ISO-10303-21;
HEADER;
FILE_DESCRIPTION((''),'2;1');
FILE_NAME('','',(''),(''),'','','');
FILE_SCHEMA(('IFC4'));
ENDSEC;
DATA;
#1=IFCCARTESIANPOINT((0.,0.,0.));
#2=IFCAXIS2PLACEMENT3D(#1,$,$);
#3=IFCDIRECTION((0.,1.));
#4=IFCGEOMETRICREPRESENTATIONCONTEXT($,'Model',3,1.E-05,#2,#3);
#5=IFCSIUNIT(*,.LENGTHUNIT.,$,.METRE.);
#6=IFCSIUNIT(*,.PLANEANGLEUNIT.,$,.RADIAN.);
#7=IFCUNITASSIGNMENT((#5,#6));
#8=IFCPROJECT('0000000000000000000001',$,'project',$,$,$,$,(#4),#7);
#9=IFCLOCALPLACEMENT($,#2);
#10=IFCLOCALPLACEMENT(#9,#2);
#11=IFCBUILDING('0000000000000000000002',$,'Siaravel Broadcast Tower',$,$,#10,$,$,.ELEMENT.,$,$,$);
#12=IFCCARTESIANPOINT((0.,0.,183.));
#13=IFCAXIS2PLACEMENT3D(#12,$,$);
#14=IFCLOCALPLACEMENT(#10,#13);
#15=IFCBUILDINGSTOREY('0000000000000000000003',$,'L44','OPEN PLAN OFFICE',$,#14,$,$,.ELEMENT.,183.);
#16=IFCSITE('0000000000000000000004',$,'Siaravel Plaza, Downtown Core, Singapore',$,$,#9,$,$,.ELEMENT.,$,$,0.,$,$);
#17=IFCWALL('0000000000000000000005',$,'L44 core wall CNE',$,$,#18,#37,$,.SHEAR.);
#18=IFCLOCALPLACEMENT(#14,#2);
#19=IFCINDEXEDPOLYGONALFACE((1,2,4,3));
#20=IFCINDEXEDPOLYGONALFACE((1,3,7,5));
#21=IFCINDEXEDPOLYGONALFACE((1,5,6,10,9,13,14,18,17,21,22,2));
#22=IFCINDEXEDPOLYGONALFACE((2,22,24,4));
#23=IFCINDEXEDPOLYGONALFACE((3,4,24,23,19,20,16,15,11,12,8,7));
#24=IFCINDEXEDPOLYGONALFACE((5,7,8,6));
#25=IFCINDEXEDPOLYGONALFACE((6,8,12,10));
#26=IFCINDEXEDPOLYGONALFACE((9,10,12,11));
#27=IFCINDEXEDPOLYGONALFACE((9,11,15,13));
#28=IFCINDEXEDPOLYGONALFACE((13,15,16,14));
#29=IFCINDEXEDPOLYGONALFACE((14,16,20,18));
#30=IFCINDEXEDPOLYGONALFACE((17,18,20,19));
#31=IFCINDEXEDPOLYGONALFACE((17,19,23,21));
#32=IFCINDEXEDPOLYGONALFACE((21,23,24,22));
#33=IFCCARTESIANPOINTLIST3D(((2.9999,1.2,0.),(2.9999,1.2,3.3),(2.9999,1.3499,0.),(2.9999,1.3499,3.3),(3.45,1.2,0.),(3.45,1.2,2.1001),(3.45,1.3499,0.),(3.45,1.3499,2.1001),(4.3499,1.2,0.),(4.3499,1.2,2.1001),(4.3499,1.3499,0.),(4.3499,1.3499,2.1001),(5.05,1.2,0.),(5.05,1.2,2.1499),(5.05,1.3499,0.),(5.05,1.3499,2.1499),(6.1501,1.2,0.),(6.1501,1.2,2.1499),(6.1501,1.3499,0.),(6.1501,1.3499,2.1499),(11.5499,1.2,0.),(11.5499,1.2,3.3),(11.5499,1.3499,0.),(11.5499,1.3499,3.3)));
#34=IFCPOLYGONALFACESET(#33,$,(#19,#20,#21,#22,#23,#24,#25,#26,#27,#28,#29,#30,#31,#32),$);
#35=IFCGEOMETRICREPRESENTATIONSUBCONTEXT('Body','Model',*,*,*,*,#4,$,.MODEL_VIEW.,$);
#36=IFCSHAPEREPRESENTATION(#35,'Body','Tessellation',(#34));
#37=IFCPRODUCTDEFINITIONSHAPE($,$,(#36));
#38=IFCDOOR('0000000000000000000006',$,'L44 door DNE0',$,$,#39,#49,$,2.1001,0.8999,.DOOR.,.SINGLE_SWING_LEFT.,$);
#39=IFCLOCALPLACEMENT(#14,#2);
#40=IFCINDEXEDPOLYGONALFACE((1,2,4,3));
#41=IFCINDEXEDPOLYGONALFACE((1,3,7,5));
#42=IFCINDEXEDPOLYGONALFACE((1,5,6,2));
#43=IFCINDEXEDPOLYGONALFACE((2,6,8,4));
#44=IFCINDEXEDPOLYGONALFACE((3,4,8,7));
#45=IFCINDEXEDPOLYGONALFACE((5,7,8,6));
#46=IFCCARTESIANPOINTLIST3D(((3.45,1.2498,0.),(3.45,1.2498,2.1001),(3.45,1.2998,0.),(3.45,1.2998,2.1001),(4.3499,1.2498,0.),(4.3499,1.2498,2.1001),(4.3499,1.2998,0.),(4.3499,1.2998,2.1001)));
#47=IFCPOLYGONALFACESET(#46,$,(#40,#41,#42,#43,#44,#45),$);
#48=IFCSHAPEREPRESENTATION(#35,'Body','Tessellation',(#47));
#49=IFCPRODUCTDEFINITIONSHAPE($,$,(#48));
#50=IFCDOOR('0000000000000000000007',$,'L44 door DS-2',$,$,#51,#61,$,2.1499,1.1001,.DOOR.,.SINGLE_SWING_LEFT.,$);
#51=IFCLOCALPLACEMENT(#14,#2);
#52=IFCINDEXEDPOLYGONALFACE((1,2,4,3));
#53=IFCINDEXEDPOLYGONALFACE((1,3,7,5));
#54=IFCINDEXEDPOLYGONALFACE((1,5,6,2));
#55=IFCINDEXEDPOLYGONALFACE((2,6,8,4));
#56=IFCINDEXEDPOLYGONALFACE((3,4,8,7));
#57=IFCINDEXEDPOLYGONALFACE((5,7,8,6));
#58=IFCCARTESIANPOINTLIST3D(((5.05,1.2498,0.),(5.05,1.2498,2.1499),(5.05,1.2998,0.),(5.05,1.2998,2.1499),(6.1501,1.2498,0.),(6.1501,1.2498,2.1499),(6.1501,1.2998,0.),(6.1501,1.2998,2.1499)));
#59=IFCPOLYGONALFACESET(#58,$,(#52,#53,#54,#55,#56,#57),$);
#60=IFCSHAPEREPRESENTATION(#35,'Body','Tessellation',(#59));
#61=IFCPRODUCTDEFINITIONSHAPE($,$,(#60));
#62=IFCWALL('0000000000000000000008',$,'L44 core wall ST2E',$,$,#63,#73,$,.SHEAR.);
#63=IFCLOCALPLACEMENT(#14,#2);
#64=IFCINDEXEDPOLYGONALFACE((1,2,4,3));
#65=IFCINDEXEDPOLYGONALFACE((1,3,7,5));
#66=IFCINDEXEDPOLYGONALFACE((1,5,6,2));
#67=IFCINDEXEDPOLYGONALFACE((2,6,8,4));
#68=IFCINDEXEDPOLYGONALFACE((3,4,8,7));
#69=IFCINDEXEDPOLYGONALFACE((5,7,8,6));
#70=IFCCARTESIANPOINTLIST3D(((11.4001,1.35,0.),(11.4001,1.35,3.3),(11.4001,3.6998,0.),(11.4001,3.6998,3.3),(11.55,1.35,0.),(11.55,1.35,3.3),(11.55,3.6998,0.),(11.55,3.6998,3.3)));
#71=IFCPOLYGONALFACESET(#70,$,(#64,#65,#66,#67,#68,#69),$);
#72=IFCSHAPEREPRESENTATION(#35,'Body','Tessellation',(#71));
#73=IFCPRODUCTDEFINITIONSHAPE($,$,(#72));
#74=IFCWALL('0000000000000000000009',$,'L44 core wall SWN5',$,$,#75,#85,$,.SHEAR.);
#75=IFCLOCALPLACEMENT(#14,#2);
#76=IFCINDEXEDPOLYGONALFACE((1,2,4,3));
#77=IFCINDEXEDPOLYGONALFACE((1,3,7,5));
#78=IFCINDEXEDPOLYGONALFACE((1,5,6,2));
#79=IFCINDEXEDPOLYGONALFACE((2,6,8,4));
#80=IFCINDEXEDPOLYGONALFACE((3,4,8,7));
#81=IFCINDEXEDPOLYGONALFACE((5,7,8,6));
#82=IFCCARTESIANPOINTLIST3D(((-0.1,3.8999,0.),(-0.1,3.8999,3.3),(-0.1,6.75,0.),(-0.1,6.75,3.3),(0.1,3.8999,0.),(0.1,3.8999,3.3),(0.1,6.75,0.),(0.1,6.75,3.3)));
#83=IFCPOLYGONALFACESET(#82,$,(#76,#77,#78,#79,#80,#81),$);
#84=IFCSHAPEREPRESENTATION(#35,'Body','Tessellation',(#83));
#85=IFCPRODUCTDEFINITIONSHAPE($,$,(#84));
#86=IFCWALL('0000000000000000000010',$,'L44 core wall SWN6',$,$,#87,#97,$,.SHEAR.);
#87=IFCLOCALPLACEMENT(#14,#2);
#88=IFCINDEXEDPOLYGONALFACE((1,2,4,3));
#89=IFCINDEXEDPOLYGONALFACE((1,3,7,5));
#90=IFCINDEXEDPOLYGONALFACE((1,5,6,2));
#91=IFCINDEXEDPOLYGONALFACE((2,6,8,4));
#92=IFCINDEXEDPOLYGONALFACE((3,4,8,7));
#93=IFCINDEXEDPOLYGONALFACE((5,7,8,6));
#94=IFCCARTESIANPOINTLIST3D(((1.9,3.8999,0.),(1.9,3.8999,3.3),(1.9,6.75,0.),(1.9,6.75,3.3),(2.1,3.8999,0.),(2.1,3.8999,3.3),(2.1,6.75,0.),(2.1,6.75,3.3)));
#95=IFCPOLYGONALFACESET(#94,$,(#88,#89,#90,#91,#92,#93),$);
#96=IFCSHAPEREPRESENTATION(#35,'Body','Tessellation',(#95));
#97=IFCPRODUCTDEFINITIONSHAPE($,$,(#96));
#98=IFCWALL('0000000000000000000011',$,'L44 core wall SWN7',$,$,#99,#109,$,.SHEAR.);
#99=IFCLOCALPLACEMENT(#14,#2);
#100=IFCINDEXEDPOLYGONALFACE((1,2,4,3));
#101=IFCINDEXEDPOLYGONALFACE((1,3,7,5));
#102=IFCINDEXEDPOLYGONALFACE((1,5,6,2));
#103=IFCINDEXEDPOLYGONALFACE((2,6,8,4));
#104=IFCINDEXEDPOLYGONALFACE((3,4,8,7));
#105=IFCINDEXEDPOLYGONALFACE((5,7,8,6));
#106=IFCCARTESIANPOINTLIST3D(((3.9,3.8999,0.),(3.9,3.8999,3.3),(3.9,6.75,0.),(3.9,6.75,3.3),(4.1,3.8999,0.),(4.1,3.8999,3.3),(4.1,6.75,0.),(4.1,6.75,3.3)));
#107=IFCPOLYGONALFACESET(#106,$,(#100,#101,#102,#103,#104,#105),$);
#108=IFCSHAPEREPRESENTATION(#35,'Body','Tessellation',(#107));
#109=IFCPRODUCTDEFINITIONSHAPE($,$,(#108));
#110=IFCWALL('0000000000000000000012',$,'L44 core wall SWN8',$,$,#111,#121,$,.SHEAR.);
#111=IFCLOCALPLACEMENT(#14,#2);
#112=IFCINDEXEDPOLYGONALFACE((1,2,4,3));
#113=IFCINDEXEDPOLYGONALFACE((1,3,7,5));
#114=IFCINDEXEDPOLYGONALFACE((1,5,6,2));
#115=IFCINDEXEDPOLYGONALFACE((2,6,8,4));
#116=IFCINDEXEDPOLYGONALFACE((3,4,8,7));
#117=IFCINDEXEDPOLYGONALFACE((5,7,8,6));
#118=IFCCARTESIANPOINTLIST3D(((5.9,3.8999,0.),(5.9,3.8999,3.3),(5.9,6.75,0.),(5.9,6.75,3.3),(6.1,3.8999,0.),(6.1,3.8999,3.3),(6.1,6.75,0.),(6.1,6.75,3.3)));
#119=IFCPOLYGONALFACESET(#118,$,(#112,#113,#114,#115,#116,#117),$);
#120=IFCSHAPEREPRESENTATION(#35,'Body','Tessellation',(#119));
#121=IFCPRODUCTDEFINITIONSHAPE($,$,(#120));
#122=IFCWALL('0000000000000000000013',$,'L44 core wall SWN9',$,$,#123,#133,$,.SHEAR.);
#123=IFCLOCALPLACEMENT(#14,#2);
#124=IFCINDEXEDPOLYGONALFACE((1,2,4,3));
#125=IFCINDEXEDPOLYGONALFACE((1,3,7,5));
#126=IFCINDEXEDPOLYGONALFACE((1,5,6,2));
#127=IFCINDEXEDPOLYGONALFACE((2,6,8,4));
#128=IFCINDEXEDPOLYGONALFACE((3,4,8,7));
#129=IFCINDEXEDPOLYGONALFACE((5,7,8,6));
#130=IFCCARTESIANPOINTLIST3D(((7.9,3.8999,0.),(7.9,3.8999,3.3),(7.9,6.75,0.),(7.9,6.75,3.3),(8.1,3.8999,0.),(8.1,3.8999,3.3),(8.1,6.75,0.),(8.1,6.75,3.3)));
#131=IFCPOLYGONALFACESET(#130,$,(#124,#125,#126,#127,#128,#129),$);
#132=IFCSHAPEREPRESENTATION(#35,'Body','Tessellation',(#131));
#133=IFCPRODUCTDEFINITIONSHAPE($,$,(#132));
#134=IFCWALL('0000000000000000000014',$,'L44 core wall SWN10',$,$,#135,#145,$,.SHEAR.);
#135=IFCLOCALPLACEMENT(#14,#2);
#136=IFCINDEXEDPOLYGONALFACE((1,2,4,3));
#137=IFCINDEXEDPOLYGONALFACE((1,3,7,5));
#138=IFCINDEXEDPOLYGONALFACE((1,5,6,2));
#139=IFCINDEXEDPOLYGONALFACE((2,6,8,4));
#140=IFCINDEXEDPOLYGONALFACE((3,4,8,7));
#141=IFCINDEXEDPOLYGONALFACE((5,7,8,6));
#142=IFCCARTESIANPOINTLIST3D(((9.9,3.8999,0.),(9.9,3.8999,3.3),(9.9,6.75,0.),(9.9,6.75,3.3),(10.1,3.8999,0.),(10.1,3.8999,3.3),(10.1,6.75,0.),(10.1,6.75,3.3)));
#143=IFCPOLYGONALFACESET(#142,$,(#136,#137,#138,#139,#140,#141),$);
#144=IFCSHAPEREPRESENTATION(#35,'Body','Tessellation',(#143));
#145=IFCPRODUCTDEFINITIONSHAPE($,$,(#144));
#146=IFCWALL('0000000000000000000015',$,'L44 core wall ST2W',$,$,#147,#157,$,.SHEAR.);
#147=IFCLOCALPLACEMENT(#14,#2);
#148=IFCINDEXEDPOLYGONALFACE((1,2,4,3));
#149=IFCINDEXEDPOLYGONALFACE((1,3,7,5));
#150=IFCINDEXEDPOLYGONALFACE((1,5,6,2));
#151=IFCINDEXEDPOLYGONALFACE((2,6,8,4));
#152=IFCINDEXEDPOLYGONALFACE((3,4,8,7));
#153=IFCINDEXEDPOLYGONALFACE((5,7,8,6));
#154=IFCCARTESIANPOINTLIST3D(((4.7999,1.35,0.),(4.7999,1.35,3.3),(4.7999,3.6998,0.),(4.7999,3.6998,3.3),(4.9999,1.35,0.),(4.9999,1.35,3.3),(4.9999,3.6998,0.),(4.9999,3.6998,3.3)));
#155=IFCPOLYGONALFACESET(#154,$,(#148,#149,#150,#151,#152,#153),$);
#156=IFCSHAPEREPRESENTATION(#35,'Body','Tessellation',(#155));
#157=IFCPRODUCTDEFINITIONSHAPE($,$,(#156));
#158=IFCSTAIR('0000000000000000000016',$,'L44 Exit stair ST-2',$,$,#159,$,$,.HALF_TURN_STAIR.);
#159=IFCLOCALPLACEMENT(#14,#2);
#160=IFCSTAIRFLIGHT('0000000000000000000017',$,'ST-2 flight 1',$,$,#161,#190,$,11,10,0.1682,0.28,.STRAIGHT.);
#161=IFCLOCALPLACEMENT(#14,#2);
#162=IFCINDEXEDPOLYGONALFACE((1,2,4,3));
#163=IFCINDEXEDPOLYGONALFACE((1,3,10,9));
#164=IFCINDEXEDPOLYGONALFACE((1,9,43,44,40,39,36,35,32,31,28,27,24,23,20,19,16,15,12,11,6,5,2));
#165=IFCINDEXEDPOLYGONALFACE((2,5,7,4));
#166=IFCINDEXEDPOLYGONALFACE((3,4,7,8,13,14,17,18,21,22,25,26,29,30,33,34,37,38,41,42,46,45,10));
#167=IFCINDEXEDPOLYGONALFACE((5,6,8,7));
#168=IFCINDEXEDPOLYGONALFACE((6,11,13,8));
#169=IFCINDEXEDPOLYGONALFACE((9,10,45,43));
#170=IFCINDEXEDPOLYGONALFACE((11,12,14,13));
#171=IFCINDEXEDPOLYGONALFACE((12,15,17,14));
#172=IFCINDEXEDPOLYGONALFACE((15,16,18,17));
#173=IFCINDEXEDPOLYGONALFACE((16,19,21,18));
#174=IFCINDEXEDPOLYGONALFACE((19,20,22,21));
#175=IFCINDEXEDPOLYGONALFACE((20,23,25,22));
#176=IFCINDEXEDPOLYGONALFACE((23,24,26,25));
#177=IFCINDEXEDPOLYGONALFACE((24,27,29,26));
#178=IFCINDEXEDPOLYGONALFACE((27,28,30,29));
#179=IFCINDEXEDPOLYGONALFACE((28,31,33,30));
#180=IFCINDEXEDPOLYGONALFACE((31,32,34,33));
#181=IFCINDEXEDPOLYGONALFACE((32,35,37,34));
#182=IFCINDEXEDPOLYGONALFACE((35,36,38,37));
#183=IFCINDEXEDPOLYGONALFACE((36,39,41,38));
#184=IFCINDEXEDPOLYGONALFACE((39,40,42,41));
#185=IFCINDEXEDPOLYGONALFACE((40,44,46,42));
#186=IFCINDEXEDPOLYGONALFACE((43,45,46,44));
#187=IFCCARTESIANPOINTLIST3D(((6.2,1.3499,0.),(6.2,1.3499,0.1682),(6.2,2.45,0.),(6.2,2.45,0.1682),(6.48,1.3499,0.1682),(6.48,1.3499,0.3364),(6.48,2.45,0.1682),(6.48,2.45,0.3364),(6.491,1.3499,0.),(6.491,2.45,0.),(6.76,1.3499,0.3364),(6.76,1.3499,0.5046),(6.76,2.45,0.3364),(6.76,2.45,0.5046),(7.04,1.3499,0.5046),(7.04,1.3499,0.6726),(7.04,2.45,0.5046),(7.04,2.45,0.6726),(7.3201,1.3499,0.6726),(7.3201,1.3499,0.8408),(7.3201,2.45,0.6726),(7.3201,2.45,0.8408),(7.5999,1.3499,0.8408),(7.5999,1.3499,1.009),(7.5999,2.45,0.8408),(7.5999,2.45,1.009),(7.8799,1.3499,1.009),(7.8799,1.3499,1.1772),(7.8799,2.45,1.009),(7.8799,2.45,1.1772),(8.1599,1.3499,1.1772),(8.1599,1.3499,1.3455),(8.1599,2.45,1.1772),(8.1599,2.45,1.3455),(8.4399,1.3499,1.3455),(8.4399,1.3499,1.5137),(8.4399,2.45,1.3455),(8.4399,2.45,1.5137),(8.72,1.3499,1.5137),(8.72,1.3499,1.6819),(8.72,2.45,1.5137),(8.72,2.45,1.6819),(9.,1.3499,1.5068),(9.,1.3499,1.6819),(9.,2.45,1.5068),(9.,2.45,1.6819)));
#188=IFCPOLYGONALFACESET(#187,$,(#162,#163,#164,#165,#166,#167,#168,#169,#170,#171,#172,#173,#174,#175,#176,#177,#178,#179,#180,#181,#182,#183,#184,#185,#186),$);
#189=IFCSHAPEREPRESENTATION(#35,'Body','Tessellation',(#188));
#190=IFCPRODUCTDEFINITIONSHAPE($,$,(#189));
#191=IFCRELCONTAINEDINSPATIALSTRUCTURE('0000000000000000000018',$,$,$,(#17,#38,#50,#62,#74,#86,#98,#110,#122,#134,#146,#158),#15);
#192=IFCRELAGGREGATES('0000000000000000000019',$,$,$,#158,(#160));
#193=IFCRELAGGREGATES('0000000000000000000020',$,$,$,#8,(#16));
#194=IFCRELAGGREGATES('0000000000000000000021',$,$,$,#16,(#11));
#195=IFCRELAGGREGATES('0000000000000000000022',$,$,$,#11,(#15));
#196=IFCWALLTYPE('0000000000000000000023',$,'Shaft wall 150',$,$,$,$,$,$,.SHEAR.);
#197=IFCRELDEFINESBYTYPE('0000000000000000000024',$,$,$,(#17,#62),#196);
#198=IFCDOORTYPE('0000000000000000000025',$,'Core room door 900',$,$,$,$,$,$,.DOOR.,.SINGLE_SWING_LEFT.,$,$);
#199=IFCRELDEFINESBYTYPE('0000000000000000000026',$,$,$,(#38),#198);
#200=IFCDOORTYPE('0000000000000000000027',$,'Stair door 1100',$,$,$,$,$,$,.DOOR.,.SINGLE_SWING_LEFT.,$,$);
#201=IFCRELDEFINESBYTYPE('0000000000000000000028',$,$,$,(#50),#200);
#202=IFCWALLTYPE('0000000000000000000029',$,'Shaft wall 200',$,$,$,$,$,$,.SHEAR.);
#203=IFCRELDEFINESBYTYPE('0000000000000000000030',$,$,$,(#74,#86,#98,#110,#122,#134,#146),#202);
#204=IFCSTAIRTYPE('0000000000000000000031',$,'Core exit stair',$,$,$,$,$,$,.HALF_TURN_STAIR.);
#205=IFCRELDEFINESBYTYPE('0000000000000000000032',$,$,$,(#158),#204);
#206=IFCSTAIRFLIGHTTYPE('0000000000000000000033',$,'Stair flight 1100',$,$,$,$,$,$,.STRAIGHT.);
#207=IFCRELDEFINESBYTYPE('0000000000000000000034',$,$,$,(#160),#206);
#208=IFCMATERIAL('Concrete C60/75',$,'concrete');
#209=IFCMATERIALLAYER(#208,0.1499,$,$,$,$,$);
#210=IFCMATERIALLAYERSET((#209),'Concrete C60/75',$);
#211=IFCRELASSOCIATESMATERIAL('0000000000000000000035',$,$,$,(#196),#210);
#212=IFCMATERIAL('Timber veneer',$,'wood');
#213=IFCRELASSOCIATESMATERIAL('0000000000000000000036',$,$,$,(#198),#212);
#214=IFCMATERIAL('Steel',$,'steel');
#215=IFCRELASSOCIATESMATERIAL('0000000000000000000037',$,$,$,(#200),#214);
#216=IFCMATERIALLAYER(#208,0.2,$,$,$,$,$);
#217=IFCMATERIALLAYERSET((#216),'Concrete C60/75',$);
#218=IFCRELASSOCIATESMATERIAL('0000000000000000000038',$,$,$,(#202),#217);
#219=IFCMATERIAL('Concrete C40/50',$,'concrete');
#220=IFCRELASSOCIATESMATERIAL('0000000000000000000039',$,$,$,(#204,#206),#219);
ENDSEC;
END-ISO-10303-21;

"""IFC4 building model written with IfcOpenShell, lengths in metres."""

from ifc_helpers import new_model, si_unit, direction, frame, frame_2d, origin, place, context, subcontext, project, spatial, polyline, rectangle, outline, extrude, material, layer, layer_set, type_object, element, fill, aggregate, save


model = new_model("IFC4")

# Units and contexts
model_context = context("Model", 3, precision=1e-05, world=origin(), true_north=direction((0.0, 1.0)))
body_context = subcontext(model_context, "Body", "Model", "MODEL_VIEW")
ifc_project = project(units=[si_unit("LENGTHUNIT", "METRE"), si_unit("PLANEANGLEUNIT", "RADIAN")], contexts=[model_context])

# Site, building, storey
site_placement = place(None, origin())
site = spatial("IfcSite", under=ifc_project, at=site_placement, Name="Siaravel Plaza, Downtown Core, Singapore", CompositionType="ELEMENT", RefElevation=0.0)
building_placement = place(site_placement, origin())
building = spatial("IfcBuilding", under=site, at=building_placement, Name="Siaravel Broadcast Tower", CompositionType="ELEMENT")
storey_placement = place(building_placement, frame((0.0, 0.0, 183.0)))
storey = spatial("IfcBuildingStorey", under=building, at=storey_placement, Name="L44", Description="OPEN PLAN OFFICE", CompositionType="ELEMENT", Elevation=183.0)

# Shared definitions
ifc_material_1 = material(Name="Concrete C60/75", Category="concrete")

# Shared definitions
ifc_material_2 = material(Name="Timber veneer", Category="wood")

# Wall, openings, doors
ifc_layer_1 = layer(ifc_material_1, 0.1499)
ifc_layer_set_1 = layer_set([ifc_layer_1], Name="Concrete C60/75")
wall_type_1 = type_object("IfcWallType", Name="Shaft wall 150", PredefinedType="SHEAR", material=ifc_layer_set_1)
wall_1_placement = place(storey_placement, frame((3.0, 1.2749, 0.0), z_axis=(0.0, 0.0, 1.0), x_axis=(1.0, 0.0, 0.0)))
wall_1 = element("IfcWall", 1, at=wall_1_placement, inside=storey, type_object=wall_type_1, Name="L44 core wall CNE", PredefinedType="SHEAR", context=body_context, shape_type="SweptSolid", body=[
    extrude(rectangle(XDim=8.55, YDim=0.1499, at=frame_2d((4.2749, 0.0))), origin(), (0.0, 0.0, 1.0), 3.3),
])
opening_1_placement = place(wall_1_placement, frame((2.05, 0.0, 0.0)))
opening_1 = element("IfcOpeningElement", 2, at=opening_1_placement, cuts=wall_1, PredefinedType="OPENING", context=body_context, shape_type="SweptSolid", body=[
    extrude(rectangle(XDim=1.1001, YDim=2.1499, at=frame_2d((0.55, 1.075))), frame((0.0, 0.085, 0.0), z_axis=(0.0, -1.0, 0.0), x_axis=(1.0, 0.0, 0.0)), (0.0, 0.0, 1.0), 0.1699),
])
opening_2_placement = place(wall_1_placement, frame((0.45, 0.0, 0.0)))
opening_2 = element("IfcOpeningElement", 3, at=opening_2_placement, cuts=wall_1, PredefinedType="OPENING", context=body_context, shape_type="SweptSolid", body=[
    extrude(rectangle(XDim=0.8999, YDim=2.1001, at=frame_2d((0.45, 1.05))), frame((0.0, 0.085, 0.0), z_axis=(0.0, -1.0, 0.0), x_axis=(1.0, 0.0, 0.0)), (0.0, 0.0, 1.0), 0.1699),
])
door_type_1 = type_object("IfcDoorType", Name="Core room door 900", OperationType="SINGLE_SWING_LEFT", PredefinedType="DOOR", material=ifc_material_2)
door_1_placement = place(opening_2_placement, origin())
door_1 = element("IfcDoor", 4, at=door_1_placement, inside=storey, type_object=door_type_1, Name="L44 door DNE0", OperationType="SINGLE_SWING_LEFT", OverallHeight=2.1001, OverallWidth=0.8999, PredefinedType="DOOR", context=body_context, shape_type="SweptSolid", body=[
    extrude(rectangle(XDim=0.8999, YDim=2.1001, at=frame_2d((0.45, 1.05))), frame((0.0, 0.0249, 0.0), z_axis=(0.0, -1.0, 0.0), x_axis=(1.0, 0.0, 0.0)), (0.0, 0.0, 1.0), 0.05),
])
fill(opening_2, door_1)
ifc_material_3 = material(Name="Steel", Category="steel")
door_type_2 = type_object("IfcDoorType", Name="Stair door 1100", OperationType="SINGLE_SWING_LEFT", PredefinedType="DOOR", material=ifc_material_3)
door_2_placement = place(opening_1_placement, origin())
door_2 = element("IfcDoor", 5, at=door_2_placement, inside=storey, type_object=door_type_2, Name="L44 door DS-2", OperationType="SINGLE_SWING_LEFT", OverallHeight=2.1499, OverallWidth=1.1001, PredefinedType="DOOR", context=body_context, shape_type="SweptSolid", body=[
    extrude(rectangle(XDim=1.1001, YDim=2.1499, at=frame_2d((0.55, 1.075))), frame((0.0, 0.0249, 0.0), z_axis=(0.0, -1.0, 0.0), x_axis=(1.0, 0.0, 0.0)), (0.0, 0.0, 1.0), 0.05),
])
fill(opening_1, door_2)

# Walls
wall_2_placement = place(storey_placement, frame((11.4751, 1.3501, 0.0), z_axis=(0.0, 0.0, 1.0), x_axis=(0.0, 1.0, 0.0)))
element("IfcWall", 6, at=wall_2_placement, inside=storey, type_object=wall_type_1, Name="L44 core wall ST2E", PredefinedType="SHEAR", context=body_context, shape_type="SweptSolid", body=[
    extrude(rectangle(XDim=2.3499, YDim=0.1499, at=frame_2d((1.1748, 0.0))), origin(), (0.0, 0.0, 1.0), 3.3),
])
ifc_layer_2 = layer(ifc_material_1, 0.2)
ifc_layer_set_2 = layer_set([ifc_layer_2], Name="Concrete C60/75")
wall_type_2 = type_object("IfcWallType", Name="Shaft wall 200", PredefinedType="SHEAR", material=ifc_layer_set_2)
for number, where, z_axis, x_axis, name in (
    (7, (0.0, 3.8999, 0.0), (0.0, 0.0, 1.0), (0.0, 1.0, 0.0), "L44 core wall SWN5"),
    (8, (2.0, 3.8999, 0.0), (0.0, 0.0, 1.0), (0.0, 1.0, 0.0), "L44 core wall SWN6"),
    (9, (4.0, 3.8999, 0.0), (0.0, 0.0, 1.0), (0.0, 1.0, 0.0), "L44 core wall SWN7"),
    (10, (6.0, 3.8999, 0.0), (0.0, 0.0, 1.0), (0.0, 1.0, 0.0), "L44 core wall SWN8"),
    (11, (8.0, 3.8999, 0.0), (0.0, 0.0, 1.0), (0.0, 1.0, 0.0), "L44 core wall SWN9"),
    (12, (10.0, 3.8999, 0.0), (0.0, 0.0, 1.0), (0.0, 1.0, 0.0), "L44 core wall SWN10"),
):
    element("IfcWall", number, at=place(storey_placement, frame(where, z_axis=z_axis, x_axis=x_axis)), inside=storey, type_object=wall_type_2, Name=name, PredefinedType="SHEAR", context=body_context, shape_type="SweptSolid", body=[
        extrude(rectangle(XDim=2.8501, YDim=0.2, at=frame_2d((1.425, 0.0))), origin(), (0.0, 0.0, 1.0), 3.3),
    ])
wall_3_placement = place(storey_placement, frame((4.8999, 1.3501, 0.0), z_axis=(0.0, 0.0, 1.0), x_axis=(0.0, 1.0, 0.0)))
element("IfcWall", 13, at=wall_3_placement, inside=storey, type_object=wall_type_2, Name="L44 core wall ST2W", PredefinedType="SHEAR", context=body_context, shape_type="SweptSolid", body=[
    extrude(rectangle(XDim=2.3499, YDim=0.2, at=frame_2d((1.1748, 0.0))), origin(), (0.0, 0.0, 1.0), 3.3),
])

# Stair, stair flight
ifc_material_4 = material(Name="Concrete C40/50", Category="concrete")
stair_type = type_object("IfcStairType", Name="Core exit stair", PredefinedType="HALF_TURN_STAIR", material=ifc_material_4)
stair_placement = place(storey_placement, origin())
stair = element("IfcStair", 14, at=stair_placement, inside=storey, type_object=stair_type, Name="L44 Exit stair ST-2", PredefinedType="HALF_TURN_STAIR")
stair_flight_type = type_object("IfcStairFlightType", Name="Stair flight 1100", PredefinedType="STRAIGHT", material=ifc_material_4)
stair_flight_1_placement = place(storey_placement, frame((6.2, 1.8999, 0.0), z_axis=(0.0, 0.0, 1.0), x_axis=(1.0, 0.0, 0.0)))
stair_flight_1 = element("IfcStairFlight", 15, at=stair_flight_1_placement, type_object=stair_flight_type, Name="ST-2 flight 1", NumberOfRisers=11, NumberOfTreads=10, PredefinedType="STRAIGHT", RiserHeight=0.1682, TreadLength=0.28, context=body_context, shape_type="SweptSolid", body=[
    extrude(outline(polyline([(0.0, 0.0), (0.0, 0.1682), (0.28, 0.1682), (0.28, 0.3364), (0.5601, 0.3364), (0.5601, 0.5046), (0.8401, 0.5046), (0.8401, 0.6726), (1.1201, 0.6726), (1.1201, 0.8408), (1.3999, 0.8408), (1.3999, 1.009), (1.6799, 1.009), (1.6799, 1.1772), (1.96, 1.1772), (1.96, 1.3455), (2.24, 1.3455), (2.24, 1.5137), (2.52, 1.5137), (2.52, 1.6819), (2.8, 1.6819), (2.8, 1.8501), (2.8, 1.5068), (0.291, 0.0), (0.0, 0.0)])), frame((0.0, 0.55, 0.0), z_axis=(0.0, -1.0, 0.0), x_axis=(1.0, 0.0, 0.0)), (0.0, 0.0, 1.0), 1.1001),
])
aggregate(stair, [stair_flight_1])

save(model, "model.ifc")
